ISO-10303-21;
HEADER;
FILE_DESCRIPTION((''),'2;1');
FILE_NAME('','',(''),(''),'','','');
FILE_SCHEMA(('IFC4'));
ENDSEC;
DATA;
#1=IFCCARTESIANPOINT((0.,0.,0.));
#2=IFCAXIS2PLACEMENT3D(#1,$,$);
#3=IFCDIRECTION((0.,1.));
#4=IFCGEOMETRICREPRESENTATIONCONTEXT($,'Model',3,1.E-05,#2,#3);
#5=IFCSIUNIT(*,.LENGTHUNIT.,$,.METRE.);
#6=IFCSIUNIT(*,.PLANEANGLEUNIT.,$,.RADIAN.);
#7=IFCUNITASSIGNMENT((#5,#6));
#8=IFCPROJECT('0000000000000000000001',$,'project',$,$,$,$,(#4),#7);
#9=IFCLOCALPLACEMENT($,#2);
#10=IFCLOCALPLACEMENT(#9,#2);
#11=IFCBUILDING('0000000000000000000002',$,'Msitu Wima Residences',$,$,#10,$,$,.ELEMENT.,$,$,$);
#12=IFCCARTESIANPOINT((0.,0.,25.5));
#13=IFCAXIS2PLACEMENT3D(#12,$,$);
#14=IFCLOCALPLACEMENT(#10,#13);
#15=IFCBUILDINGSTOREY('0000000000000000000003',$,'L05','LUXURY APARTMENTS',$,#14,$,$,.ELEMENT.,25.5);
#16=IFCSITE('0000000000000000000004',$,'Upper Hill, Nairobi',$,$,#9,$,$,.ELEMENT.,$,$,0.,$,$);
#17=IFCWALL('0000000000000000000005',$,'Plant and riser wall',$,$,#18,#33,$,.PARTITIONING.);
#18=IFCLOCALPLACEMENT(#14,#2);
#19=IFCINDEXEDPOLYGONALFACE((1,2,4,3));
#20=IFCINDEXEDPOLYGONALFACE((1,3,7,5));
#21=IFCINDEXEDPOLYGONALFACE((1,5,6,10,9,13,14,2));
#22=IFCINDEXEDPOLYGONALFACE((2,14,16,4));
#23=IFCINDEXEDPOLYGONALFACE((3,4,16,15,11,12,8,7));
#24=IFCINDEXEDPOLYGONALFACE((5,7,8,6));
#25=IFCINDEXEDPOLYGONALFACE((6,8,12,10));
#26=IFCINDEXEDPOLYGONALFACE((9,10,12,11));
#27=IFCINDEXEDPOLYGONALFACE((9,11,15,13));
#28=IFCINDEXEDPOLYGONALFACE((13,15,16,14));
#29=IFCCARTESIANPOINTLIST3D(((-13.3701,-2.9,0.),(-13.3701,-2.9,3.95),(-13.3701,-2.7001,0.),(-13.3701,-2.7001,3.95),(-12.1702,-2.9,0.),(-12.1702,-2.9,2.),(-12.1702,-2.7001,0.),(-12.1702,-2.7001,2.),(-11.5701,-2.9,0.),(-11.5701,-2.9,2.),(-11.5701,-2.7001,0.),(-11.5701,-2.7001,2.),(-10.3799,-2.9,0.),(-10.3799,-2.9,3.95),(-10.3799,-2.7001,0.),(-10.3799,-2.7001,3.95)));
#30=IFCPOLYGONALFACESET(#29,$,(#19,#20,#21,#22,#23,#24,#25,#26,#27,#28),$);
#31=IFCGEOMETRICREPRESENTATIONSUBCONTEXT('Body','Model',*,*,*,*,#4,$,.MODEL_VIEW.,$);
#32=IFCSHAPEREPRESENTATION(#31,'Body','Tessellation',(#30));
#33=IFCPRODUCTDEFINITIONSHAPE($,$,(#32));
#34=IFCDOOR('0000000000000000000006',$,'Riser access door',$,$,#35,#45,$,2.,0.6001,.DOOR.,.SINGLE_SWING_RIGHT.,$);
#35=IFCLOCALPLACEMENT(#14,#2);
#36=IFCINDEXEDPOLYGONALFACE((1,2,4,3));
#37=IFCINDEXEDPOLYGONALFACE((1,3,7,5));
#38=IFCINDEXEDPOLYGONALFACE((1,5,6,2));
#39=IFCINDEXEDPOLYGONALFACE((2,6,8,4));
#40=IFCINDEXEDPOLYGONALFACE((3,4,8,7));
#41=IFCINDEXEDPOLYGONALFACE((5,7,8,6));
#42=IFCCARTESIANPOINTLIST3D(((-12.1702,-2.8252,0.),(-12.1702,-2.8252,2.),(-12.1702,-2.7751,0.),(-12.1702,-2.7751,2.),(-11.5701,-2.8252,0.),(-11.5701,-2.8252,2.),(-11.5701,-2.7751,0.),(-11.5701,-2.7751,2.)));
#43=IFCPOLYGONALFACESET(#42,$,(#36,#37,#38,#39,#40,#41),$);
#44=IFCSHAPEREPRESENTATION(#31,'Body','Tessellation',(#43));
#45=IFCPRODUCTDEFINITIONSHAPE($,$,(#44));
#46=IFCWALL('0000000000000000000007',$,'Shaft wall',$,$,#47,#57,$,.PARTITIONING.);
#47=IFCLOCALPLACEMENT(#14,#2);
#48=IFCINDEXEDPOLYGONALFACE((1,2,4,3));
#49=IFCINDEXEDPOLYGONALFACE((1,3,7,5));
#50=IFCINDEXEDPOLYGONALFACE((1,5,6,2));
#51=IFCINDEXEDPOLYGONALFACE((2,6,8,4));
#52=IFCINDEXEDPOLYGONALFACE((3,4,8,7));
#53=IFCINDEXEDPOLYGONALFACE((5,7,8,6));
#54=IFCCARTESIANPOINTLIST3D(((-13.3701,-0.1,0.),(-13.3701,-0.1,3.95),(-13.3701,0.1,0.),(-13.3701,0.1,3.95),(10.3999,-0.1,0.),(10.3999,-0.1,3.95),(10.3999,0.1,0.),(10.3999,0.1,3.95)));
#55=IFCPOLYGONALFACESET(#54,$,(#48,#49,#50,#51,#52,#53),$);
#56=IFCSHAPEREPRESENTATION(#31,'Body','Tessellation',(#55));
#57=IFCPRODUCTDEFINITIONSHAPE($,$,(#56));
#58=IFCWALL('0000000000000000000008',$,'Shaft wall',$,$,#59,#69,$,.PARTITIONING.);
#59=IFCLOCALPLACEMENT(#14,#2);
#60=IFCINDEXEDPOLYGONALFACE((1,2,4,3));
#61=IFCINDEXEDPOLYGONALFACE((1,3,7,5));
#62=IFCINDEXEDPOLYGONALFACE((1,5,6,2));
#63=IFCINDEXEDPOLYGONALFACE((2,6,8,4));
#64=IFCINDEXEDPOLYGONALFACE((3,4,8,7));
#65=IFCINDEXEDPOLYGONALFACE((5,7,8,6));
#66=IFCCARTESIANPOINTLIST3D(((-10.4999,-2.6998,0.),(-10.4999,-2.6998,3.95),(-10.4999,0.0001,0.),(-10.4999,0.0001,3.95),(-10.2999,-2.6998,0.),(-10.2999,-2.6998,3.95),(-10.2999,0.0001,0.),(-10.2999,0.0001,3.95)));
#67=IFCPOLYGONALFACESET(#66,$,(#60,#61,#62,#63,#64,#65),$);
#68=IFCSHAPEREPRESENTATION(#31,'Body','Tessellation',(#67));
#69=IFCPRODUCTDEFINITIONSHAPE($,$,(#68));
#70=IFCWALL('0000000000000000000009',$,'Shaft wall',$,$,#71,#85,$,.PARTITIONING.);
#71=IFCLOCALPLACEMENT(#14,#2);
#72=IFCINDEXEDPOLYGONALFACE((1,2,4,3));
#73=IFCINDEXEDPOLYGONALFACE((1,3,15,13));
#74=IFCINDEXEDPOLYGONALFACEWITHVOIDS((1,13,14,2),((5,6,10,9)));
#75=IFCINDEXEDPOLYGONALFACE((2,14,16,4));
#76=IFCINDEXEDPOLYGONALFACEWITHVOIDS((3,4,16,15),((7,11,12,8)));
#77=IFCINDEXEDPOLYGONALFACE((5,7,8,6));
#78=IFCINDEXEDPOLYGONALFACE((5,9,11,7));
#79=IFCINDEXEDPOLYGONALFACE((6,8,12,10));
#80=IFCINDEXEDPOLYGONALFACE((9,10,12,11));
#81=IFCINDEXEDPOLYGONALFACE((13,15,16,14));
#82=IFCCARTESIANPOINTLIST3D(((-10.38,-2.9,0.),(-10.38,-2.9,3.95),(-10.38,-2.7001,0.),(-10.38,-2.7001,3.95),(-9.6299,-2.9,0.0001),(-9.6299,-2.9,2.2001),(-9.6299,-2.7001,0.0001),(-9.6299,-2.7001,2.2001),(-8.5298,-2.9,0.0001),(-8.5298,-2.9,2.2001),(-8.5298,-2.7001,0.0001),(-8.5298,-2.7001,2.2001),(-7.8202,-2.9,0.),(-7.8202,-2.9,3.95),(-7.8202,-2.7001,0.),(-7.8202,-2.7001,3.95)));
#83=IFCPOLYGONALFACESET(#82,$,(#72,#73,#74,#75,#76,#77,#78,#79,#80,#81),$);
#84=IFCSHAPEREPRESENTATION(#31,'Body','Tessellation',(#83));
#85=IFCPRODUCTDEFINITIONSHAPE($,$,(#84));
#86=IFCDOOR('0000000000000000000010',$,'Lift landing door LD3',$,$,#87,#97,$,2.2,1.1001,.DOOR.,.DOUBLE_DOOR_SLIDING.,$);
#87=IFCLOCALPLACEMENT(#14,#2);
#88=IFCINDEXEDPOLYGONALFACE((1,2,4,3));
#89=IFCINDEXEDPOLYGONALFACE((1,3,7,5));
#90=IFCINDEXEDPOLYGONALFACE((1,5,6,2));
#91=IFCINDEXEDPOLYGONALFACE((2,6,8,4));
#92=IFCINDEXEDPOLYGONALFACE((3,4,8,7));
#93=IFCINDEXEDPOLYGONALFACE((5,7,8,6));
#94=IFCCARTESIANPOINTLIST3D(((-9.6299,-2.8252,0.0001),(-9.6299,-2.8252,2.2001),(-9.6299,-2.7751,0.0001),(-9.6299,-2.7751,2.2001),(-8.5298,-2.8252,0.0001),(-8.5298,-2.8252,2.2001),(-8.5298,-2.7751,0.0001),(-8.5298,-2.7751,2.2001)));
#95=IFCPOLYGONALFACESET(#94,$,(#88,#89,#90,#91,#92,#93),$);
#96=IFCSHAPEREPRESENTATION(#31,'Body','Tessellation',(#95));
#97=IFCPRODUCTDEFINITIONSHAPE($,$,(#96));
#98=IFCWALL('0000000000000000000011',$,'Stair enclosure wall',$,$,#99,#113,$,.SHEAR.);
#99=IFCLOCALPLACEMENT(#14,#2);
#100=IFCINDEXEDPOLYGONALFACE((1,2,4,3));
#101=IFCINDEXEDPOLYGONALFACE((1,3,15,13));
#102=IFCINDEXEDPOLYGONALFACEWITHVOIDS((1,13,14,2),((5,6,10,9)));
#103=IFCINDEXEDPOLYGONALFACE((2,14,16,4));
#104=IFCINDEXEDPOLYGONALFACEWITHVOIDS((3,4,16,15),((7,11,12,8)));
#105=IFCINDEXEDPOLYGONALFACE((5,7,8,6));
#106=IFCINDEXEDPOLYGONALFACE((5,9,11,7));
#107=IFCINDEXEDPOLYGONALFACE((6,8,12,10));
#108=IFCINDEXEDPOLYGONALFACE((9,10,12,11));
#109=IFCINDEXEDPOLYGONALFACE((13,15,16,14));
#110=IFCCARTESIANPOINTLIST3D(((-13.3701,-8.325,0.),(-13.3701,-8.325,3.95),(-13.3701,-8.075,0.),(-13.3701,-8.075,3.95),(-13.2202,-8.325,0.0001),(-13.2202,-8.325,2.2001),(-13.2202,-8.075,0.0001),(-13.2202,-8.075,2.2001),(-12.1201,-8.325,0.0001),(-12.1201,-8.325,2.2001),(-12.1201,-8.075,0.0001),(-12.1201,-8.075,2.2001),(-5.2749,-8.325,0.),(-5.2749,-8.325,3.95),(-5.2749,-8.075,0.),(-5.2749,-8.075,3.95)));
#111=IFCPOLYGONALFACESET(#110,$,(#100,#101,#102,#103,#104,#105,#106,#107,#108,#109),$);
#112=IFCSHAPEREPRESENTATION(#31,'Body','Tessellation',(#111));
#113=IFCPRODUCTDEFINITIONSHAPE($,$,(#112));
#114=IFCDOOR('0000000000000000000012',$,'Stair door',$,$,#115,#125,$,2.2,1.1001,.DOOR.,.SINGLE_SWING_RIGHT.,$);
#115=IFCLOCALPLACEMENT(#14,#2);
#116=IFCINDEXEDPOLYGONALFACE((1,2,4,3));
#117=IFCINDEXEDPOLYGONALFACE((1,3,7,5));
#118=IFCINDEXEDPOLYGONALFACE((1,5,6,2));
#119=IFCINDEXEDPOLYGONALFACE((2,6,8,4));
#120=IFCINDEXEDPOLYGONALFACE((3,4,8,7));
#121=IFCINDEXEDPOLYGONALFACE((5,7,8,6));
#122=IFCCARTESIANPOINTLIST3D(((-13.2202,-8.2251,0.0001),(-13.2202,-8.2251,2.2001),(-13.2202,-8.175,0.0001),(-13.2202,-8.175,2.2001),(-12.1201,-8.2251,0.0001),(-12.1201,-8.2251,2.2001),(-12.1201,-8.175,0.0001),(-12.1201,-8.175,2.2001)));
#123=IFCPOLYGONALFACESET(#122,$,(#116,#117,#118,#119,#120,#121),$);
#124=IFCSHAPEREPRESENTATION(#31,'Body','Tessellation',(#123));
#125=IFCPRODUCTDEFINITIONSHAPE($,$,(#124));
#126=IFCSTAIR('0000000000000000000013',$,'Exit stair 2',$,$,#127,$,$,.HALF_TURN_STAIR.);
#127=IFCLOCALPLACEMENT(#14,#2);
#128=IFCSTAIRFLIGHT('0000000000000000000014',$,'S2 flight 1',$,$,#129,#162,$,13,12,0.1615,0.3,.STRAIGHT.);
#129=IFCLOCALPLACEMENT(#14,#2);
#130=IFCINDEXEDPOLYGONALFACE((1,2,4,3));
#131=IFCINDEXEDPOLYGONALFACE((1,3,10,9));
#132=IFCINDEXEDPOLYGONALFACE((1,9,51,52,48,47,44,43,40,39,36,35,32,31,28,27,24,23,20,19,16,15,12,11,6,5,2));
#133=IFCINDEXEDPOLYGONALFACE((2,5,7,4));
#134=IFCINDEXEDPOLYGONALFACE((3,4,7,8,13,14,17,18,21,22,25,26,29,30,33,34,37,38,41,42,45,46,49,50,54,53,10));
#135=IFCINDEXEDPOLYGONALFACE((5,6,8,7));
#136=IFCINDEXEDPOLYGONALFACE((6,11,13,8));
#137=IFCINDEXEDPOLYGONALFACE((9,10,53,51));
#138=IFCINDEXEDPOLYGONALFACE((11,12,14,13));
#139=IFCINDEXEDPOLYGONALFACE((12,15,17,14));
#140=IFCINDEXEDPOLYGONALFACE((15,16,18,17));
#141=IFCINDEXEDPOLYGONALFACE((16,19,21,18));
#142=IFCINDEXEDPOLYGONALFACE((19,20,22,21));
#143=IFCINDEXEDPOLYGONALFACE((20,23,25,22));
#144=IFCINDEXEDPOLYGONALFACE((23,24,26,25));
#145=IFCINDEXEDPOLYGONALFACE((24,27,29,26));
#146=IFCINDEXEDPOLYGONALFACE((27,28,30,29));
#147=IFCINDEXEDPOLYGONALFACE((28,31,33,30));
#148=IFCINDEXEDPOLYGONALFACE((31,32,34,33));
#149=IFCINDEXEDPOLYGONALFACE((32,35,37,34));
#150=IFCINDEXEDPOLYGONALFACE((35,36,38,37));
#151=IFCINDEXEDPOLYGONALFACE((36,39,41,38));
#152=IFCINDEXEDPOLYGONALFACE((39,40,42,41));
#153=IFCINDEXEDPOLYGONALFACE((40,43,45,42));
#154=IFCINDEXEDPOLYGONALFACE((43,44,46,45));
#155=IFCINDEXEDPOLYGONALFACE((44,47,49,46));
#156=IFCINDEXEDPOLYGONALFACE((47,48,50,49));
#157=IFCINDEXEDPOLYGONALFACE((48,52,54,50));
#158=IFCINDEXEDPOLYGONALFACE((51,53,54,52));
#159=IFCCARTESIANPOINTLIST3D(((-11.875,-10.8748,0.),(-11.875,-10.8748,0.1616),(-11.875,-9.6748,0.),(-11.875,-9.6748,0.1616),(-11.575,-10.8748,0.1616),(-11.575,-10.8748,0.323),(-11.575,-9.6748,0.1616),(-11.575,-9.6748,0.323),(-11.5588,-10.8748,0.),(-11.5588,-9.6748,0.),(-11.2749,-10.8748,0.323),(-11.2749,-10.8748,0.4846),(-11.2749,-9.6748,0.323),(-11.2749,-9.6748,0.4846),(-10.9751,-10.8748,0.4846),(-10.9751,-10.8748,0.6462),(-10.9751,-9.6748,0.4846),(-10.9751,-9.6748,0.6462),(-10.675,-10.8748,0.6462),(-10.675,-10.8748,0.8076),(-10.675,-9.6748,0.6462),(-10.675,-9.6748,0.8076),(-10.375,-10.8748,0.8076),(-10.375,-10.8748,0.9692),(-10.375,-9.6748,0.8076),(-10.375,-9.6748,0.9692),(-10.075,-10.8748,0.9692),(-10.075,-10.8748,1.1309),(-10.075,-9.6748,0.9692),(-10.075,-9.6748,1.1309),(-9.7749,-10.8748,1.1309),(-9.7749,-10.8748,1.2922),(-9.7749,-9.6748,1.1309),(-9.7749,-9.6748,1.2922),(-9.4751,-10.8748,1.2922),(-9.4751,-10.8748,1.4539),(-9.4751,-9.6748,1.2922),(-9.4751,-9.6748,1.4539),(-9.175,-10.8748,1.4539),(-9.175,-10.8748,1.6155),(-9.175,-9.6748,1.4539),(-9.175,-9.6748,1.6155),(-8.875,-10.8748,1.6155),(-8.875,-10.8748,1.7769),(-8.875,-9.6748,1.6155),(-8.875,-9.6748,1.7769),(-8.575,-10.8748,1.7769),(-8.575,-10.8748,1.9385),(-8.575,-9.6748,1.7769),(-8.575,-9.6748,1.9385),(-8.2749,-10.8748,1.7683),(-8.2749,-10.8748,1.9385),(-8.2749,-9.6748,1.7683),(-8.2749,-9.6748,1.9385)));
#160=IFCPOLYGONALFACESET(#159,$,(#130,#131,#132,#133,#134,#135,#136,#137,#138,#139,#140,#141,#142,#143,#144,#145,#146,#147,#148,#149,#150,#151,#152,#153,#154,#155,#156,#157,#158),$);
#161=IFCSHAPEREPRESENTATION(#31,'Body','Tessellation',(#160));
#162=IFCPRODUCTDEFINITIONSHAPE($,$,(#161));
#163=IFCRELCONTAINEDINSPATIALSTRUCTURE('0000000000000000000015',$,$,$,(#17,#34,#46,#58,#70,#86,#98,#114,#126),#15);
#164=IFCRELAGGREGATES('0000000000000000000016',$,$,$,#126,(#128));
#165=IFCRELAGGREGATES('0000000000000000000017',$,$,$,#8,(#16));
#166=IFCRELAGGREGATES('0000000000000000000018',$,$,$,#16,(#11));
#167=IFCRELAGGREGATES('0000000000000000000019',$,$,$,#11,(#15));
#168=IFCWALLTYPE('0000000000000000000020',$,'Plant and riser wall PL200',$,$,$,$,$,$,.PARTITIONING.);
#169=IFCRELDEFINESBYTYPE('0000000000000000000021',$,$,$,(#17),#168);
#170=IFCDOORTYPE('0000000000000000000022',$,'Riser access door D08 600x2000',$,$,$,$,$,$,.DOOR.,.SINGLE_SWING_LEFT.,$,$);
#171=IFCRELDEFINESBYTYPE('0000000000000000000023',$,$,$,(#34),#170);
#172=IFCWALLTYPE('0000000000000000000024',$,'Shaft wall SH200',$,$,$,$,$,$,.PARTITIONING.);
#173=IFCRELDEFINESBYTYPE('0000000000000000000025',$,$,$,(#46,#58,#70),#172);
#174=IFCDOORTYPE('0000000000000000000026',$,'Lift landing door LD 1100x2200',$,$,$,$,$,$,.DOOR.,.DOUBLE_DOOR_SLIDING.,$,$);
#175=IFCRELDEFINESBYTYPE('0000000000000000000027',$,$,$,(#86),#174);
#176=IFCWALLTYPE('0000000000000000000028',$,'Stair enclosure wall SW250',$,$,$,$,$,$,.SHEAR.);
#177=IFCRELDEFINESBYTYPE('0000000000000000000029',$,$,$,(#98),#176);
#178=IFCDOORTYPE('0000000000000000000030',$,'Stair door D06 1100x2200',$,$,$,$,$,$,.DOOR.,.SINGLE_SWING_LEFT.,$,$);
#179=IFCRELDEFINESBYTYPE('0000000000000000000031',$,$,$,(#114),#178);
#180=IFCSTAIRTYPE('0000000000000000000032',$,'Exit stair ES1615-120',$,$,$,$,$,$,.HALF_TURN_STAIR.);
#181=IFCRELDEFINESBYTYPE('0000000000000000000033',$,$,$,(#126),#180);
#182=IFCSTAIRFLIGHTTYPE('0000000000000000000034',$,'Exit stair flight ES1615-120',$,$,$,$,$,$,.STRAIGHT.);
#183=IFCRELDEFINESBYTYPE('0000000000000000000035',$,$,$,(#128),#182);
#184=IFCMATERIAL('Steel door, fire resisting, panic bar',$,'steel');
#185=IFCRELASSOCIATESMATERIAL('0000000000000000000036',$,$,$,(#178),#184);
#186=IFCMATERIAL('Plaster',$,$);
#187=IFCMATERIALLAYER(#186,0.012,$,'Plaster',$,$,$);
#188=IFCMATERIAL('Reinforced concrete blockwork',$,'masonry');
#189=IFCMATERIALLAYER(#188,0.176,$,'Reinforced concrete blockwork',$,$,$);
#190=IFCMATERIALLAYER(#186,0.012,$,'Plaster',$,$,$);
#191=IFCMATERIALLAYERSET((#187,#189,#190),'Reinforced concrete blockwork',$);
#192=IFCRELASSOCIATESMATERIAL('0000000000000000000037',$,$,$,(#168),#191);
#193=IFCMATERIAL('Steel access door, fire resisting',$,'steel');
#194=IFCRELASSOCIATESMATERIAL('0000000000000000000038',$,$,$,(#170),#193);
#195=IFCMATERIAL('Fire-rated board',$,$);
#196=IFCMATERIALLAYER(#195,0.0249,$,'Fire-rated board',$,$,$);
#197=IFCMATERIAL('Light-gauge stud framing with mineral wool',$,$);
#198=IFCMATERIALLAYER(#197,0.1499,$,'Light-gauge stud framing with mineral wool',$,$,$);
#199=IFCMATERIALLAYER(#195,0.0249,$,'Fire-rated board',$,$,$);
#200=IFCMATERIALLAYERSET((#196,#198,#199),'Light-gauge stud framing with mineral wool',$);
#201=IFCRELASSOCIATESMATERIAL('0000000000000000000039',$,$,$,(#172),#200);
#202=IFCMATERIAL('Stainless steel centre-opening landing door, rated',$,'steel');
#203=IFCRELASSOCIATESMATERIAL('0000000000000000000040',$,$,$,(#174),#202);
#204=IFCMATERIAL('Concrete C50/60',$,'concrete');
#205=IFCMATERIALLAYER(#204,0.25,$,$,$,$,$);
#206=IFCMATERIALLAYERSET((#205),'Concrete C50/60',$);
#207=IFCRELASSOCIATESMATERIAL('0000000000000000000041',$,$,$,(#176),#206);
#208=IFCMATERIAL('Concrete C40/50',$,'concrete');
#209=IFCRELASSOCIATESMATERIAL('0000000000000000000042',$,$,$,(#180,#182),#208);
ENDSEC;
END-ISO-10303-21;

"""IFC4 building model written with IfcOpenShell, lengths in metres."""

from ifc_helpers import new_model, si_unit, direction, frame, frame_2d, origin, place, context, subcontext, project, spatial, polyline, rectangle, outline, extrude, material, layer, layer_set, type_object, element, fill, aggregate, save


model = new_model("IFC4")

# Units and contexts
model_context = context("Model", 3, precision=1e-05, world=origin(), true_north=direction((0.0, 1.0)))
body_context = subcontext(model_context, "Body", "Model", "MODEL_VIEW")
ifc_project = project(units=[si_unit("LENGTHUNIT", "METRE"), si_unit("PLANEANGLEUNIT", "RADIAN")], contexts=[model_context])

# Site, building, storey
site_placement = place(None, origin())
site = spatial("IfcSite", under=ifc_project, at=site_placement, Name="Upper Hill, Nairobi", CompositionType="ELEMENT", RefElevation=0.0)
building_placement = place(site_placement, origin())
building = spatial("IfcBuilding", under=site, at=building_placement, Name="Msitu Wima Residences", CompositionType="ELEMENT")
storey_placement = place(building_placement, frame((0.0, 0.0, 25.5)))
storey = spatial("IfcBuildingStorey", under=building, at=storey_placement, Name="L05", Description="LUXURY APARTMENTS", CompositionType="ELEMENT", Elevation=25.5)

# Shared definitions
ifc_material_1 = material(Name="Steel door, fire resisting, panic bar", Category="steel")
door_type_1 = type_object("IfcDoorType", Name="Stair door D06 1100x2200", OperationType="SINGLE_SWING_LEFT", PredefinedType="DOOR", material=ifc_material_1)

# Wall, opening, door
ifc_material_2 = material(Name="Plaster")
ifc_layer_1 = layer(ifc_material_2, 0.012, Name="Plaster")
ifc_material_3 = material(Name="Reinforced concrete blockwork", Category="masonry")
ifc_layer_2 = layer(ifc_material_3, 0.176, Name="Reinforced concrete blockwork")
ifc_layer_3 = layer(ifc_material_2, 0.012, Name="Plaster")
ifc_layer_set_1 = layer_set([ifc_layer_1, ifc_layer_2, ifc_layer_3], Name="Reinforced concrete blockwork")
wall_type_1 = type_object("IfcWallType", Name="Plant and riser wall PL200", PredefinedType="PARTITIONING", material=ifc_layer_set_1)
wall_1_placement = place(storey_placement, frame((-13.3701, -2.8, 0.0), z_axis=(0.0, 0.0, 1.0), x_axis=(1.0, 0.0, 0.0)))
wall_1 = element("IfcWall", 1, at=wall_1_placement, inside=storey, type_object=wall_type_1, Name="Plant and riser wall", PredefinedType="PARTITIONING", context=body_context, shape_type="SweptSolid", body=[
    extrude(rectangle(XDim=2.9902, YDim=0.2, at=frame_2d((1.4951, 0.0))), origin(), (0.0, 0.0, 1.0), 3.95),
])
opening_1_placement = place(wall_1_placement, frame((1.2, 0.0, 0.0)))
opening_1 = element("IfcOpeningElement", 2, at=opening_1_placement, cuts=wall_1, PredefinedType="OPENING", context=body_context, shape_type="SweptSolid", body=[
    extrude(rectangle(XDim=0.6001, YDim=2.0, at=frame_2d((0.3, 1.0))), frame((0.0, 0.1099, 0.0), z_axis=(0.0, -1.0, 0.0), x_axis=(1.0, 0.0, 0.0)), (0.0, 0.0, 1.0), 0.22),
])
ifc_material_4 = material(Name="Steel access door, fire resisting", Category="steel")
door_type_2 = type_object("IfcDoorType", Name="Riser access door D08 600x2000", OperationType="SINGLE_SWING_LEFT", PredefinedType="DOOR", material=ifc_material_4)
door_1_placement = place(opening_1_placement, origin())
door_1 = element("IfcDoor", 3, at=door_1_placement, inside=storey, type_object=door_type_2, Name="Riser access door", OperationType="SINGLE_SWING_RIGHT", OverallHeight=2.0, OverallWidth=0.6001, PredefinedType="DOOR", context=body_context, shape_type="SweptSolid", body=[
    extrude(rectangle(XDim=0.6001, YDim=2.0, at=frame_2d((0.3, 1.0))), frame((0.0, 0.0249, 0.0), z_axis=(0.0, -1.0, 0.0), x_axis=(1.0, 0.0, 0.0)), (0.0, 0.0, 1.0), 0.05),
])
fill(opening_1, door_1)

# Walls
ifc_material_5 = material(Name="Fire-rated board")
ifc_layer_4 = layer(ifc_material_5, 0.0249, Name="Fire-rated board")
ifc_material_6 = material(Name="Light-gauge stud framing with mineral wool")
ifc_layer_5 = layer(ifc_material_6, 0.1499, Name="Light-gauge stud framing with mineral wool")
ifc_layer_6 = layer(ifc_material_5, 0.0249, Name="Fire-rated board")
ifc_layer_set_2 = layer_set([ifc_layer_4, ifc_layer_5, ifc_layer_6], Name="Light-gauge stud framing with mineral wool")
wall_type_2 = type_object("IfcWallType", Name="Shaft wall SH200", PredefinedType="PARTITIONING", material=ifc_layer_set_2)
wall_2_placement = place(storey_placement, frame((-13.3701, 0.0, 0.0), z_axis=(0.0, 0.0, 1.0), x_axis=(1.0, 0.0, 0.0)))
element("IfcWall", 4, at=wall_2_placement, inside=storey, type_object=wall_type_2, Name="Shaft wall", PredefinedType="PARTITIONING", context=body_context, shape_type="SweptSolid", body=[
    extrude(rectangle(XDim=23.77, YDim=0.2, at=frame_2d((11.885, 0.0))), origin(), (0.0, 0.0, 1.0), 3.95),
])
wall_3_placement = place(storey_placement, frame((-10.3999, -2.7, 0.0), z_axis=(0.0, 0.0, 1.0), x_axis=(0.0, 1.0, 0.0)))
element("IfcWall", 5, at=wall_3_placement, inside=storey, type_object=wall_type_2, Name="Shaft wall", PredefinedType="PARTITIONING", context=body_context, shape_type="SweptSolid", body=[
    extrude(rectangle(XDim=2.7, YDim=0.2, at=frame_2d((1.3501, 0.0))), origin(), (0.0, 0.0, 1.0), 3.95),
])

# Walls, openings, doors
wall_4_placement = place(storey_placement, frame((-10.3799, -2.8, 0.0), z_axis=(0.0, 0.0, 1.0), x_axis=(1.0, 0.0, 0.0)))
wall_4 = element("IfcWall", 6, at=wall_4_placement, inside=storey, type_object=wall_type_2, Name="Shaft wall", PredefinedType="PARTITIONING", context=body_context, shape_type="SweptSolid", body=[
    extrude(rectangle(XDim=2.5598, YDim=0.2, at=frame_2d((1.2798, 0.0))), origin(), (0.0, 0.0, 1.0), 3.95),
])
opening_2_placement = place(wall_4_placement, frame((0.75, 0.0, 0.0)))
opening_2 = element("IfcOpeningElement", 7, at=opening_2_placement, cuts=wall_4, PredefinedType="OPENING", context=body_context, shape_type="SweptSolid", body=[
    extrude(rectangle(XDim=1.1001, YDim=2.2, at=frame_2d((0.55, 1.1001))), frame((0.0, 0.1099, 0.0), z_axis=(0.0, -1.0, 0.0), x_axis=(1.0, 0.0, 0.0)), (0.0, 0.0, 1.0), 0.22),
])
ifc_material_7 = material(Name="Stainless steel centre-opening landing door, rated", Category="steel")
door_type_3 = type_object("IfcDoorType", Name="Lift landing door LD 1100x2200", OperationType="DOUBLE_DOOR_SLIDING", PredefinedType="DOOR", material=ifc_material_7)
door_2_placement = place(opening_2_placement, origin())
door_2 = element("IfcDoor", 8, at=door_2_placement, inside=storey, type_object=door_type_3, Name="Lift landing door LD3", OperationType="DOUBLE_DOOR_SLIDING", OverallHeight=2.2, OverallWidth=1.1001, PredefinedType="DOOR", context=body_context, shape_type="SweptSolid", body=[
    extrude(rectangle(XDim=1.1001, YDim=2.2, at=frame_2d((0.55, 1.1001))), frame((0.0, 0.0249, 0.0), z_axis=(0.0, -1.0, 0.0), x_axis=(1.0, 0.0, 0.0)), (0.0, 0.0, 1.0), 0.05),
])
fill(opening_2, door_2)
ifc_material_8 = material(Name="Concrete C50/60", Category="concrete")
ifc_layer_7 = layer(ifc_material_8, 0.25)
ifc_layer_set_3 = layer_set([ifc_layer_7], Name="Concrete C50/60")
wall_type_3 = type_object("IfcWallType", Name="Stair enclosure wall SW250", PredefinedType="SHEAR", material=ifc_layer_set_3)
wall_5_placement = place(storey_placement, frame((-13.3701, -8.2, 0.0), z_axis=(0.0, 0.0, 1.0), x_axis=(1.0, 0.0, 0.0)))
wall_5 = element("IfcWall", 9, at=wall_5_placement, inside=storey, type_object=wall_type_3, Name="Stair enclosure wall", PredefinedType="SHEAR", context=body_context, shape_type="SweptSolid", body=[
    extrude(rectangle(XDim=8.0952, YDim=0.25, at=frame_2d((4.0476, 0.0))), origin(), (0.0, 0.0, 1.0), 3.95),
])
opening_3_placement = place(wall_5_placement, frame((0.1499, 0.0, 0.0)))
opening_3 = element("IfcOpeningElement", 10, at=opening_3_placement, cuts=wall_5, PredefinedType="OPENING", context=body_context, shape_type="SweptSolid", body=[
    extrude(rectangle(XDim=1.1001, YDim=2.2, at=frame_2d((0.55, 1.1001))), frame((0.0, 0.135, 0.0), z_axis=(0.0, -1.0, 0.0), x_axis=(1.0, 0.0, 0.0)), (0.0, 0.0, 1.0), 0.27),
])
door_3_placement = place(opening_3_placement, origin())
door_3 = element("IfcDoor", 11, at=door_3_placement, inside=storey, type_object=door_type_1, Name="Stair door", OperationType="SINGLE_SWING_RIGHT", OverallHeight=2.2, OverallWidth=1.1001, PredefinedType="DOOR", context=body_context, shape_type="SweptSolid", body=[
    extrude(rectangle(XDim=1.1001, YDim=2.2, at=frame_2d((0.55, 1.1001))), frame((0.0, 0.0249, 0.0), z_axis=(0.0, -1.0, 0.0), x_axis=(1.0, 0.0, 0.0)), (0.0, 0.0, 1.0), 0.05),
])
fill(opening_3, door_3)

# Stair, stair flight
ifc_material_9 = material(Name="Concrete C40/50", Category="concrete")
stair_type = type_object("IfcStairType", Name="Exit stair ES1615-120", PredefinedType="HALF_TURN_STAIR", material=ifc_material_9)
stair_placement = place(storey_placement, origin())
stair = element("IfcStair", 12, at=stair_placement, inside=storey, type_object=stair_type, Name="Exit stair 2", PredefinedType="HALF_TURN_STAIR")
stair_flight_type = type_object("IfcStairFlightType", Name="Exit stair flight ES1615-120", PredefinedType="STRAIGHT", material=ifc_material_9)
stair_flight_1_placement = place(storey_placement, frame((-11.875, -10.2749, 0.0), z_axis=(0.0, 0.0, 1.0), x_axis=(1.0, 0.0, 0.0)))
stair_flight_1 = element("IfcStairFlight", 13, at=stair_flight_1_placement, type_object=stair_flight_type, Name="S2 flight 1", NumberOfRisers=13, NumberOfTreads=12, PredefinedType="STRAIGHT", RiserHeight=0.1615, TreadLength=0.3, context=body_context, shape_type="SweptSolid", body=[
    extrude(outline(polyline([(0.0, 0.0), (0.0, 0.1616), (0.3, 0.1616), (0.3, 0.323), (0.6001, 0.323), (0.6001, 0.4846), (0.8999, 0.4846), (0.8999, 0.6462), (1.2, 0.6462), (1.2, 0.8076), (1.5, 0.8076), (1.5, 0.9692), (1.8, 0.9692), (1.8, 1.1309), (2.1001, 1.1309), (2.1001, 1.2922), (2.3999, 1.2922), (2.3999, 1.4539), (2.7, 1.4539), (2.7, 1.6155), (3.0, 1.6155), (3.0, 1.7769), (3.3, 1.7769), (3.3, 1.9385), (3.6001, 1.9385), (3.6001, 2.1001), (3.6001, 1.7683), (0.3162, 0.0), (0.0, 0.0)])), frame((0.0, 0.6001, 0.0), z_axis=(0.0, -1.0, 0.0), x_axis=(1.0, 0.0, 0.0)), (0.0, 0.0, 1.0), 1.2),
])
aggregate(stair, [stair_flight_1])

save(model, "model.ifc")
